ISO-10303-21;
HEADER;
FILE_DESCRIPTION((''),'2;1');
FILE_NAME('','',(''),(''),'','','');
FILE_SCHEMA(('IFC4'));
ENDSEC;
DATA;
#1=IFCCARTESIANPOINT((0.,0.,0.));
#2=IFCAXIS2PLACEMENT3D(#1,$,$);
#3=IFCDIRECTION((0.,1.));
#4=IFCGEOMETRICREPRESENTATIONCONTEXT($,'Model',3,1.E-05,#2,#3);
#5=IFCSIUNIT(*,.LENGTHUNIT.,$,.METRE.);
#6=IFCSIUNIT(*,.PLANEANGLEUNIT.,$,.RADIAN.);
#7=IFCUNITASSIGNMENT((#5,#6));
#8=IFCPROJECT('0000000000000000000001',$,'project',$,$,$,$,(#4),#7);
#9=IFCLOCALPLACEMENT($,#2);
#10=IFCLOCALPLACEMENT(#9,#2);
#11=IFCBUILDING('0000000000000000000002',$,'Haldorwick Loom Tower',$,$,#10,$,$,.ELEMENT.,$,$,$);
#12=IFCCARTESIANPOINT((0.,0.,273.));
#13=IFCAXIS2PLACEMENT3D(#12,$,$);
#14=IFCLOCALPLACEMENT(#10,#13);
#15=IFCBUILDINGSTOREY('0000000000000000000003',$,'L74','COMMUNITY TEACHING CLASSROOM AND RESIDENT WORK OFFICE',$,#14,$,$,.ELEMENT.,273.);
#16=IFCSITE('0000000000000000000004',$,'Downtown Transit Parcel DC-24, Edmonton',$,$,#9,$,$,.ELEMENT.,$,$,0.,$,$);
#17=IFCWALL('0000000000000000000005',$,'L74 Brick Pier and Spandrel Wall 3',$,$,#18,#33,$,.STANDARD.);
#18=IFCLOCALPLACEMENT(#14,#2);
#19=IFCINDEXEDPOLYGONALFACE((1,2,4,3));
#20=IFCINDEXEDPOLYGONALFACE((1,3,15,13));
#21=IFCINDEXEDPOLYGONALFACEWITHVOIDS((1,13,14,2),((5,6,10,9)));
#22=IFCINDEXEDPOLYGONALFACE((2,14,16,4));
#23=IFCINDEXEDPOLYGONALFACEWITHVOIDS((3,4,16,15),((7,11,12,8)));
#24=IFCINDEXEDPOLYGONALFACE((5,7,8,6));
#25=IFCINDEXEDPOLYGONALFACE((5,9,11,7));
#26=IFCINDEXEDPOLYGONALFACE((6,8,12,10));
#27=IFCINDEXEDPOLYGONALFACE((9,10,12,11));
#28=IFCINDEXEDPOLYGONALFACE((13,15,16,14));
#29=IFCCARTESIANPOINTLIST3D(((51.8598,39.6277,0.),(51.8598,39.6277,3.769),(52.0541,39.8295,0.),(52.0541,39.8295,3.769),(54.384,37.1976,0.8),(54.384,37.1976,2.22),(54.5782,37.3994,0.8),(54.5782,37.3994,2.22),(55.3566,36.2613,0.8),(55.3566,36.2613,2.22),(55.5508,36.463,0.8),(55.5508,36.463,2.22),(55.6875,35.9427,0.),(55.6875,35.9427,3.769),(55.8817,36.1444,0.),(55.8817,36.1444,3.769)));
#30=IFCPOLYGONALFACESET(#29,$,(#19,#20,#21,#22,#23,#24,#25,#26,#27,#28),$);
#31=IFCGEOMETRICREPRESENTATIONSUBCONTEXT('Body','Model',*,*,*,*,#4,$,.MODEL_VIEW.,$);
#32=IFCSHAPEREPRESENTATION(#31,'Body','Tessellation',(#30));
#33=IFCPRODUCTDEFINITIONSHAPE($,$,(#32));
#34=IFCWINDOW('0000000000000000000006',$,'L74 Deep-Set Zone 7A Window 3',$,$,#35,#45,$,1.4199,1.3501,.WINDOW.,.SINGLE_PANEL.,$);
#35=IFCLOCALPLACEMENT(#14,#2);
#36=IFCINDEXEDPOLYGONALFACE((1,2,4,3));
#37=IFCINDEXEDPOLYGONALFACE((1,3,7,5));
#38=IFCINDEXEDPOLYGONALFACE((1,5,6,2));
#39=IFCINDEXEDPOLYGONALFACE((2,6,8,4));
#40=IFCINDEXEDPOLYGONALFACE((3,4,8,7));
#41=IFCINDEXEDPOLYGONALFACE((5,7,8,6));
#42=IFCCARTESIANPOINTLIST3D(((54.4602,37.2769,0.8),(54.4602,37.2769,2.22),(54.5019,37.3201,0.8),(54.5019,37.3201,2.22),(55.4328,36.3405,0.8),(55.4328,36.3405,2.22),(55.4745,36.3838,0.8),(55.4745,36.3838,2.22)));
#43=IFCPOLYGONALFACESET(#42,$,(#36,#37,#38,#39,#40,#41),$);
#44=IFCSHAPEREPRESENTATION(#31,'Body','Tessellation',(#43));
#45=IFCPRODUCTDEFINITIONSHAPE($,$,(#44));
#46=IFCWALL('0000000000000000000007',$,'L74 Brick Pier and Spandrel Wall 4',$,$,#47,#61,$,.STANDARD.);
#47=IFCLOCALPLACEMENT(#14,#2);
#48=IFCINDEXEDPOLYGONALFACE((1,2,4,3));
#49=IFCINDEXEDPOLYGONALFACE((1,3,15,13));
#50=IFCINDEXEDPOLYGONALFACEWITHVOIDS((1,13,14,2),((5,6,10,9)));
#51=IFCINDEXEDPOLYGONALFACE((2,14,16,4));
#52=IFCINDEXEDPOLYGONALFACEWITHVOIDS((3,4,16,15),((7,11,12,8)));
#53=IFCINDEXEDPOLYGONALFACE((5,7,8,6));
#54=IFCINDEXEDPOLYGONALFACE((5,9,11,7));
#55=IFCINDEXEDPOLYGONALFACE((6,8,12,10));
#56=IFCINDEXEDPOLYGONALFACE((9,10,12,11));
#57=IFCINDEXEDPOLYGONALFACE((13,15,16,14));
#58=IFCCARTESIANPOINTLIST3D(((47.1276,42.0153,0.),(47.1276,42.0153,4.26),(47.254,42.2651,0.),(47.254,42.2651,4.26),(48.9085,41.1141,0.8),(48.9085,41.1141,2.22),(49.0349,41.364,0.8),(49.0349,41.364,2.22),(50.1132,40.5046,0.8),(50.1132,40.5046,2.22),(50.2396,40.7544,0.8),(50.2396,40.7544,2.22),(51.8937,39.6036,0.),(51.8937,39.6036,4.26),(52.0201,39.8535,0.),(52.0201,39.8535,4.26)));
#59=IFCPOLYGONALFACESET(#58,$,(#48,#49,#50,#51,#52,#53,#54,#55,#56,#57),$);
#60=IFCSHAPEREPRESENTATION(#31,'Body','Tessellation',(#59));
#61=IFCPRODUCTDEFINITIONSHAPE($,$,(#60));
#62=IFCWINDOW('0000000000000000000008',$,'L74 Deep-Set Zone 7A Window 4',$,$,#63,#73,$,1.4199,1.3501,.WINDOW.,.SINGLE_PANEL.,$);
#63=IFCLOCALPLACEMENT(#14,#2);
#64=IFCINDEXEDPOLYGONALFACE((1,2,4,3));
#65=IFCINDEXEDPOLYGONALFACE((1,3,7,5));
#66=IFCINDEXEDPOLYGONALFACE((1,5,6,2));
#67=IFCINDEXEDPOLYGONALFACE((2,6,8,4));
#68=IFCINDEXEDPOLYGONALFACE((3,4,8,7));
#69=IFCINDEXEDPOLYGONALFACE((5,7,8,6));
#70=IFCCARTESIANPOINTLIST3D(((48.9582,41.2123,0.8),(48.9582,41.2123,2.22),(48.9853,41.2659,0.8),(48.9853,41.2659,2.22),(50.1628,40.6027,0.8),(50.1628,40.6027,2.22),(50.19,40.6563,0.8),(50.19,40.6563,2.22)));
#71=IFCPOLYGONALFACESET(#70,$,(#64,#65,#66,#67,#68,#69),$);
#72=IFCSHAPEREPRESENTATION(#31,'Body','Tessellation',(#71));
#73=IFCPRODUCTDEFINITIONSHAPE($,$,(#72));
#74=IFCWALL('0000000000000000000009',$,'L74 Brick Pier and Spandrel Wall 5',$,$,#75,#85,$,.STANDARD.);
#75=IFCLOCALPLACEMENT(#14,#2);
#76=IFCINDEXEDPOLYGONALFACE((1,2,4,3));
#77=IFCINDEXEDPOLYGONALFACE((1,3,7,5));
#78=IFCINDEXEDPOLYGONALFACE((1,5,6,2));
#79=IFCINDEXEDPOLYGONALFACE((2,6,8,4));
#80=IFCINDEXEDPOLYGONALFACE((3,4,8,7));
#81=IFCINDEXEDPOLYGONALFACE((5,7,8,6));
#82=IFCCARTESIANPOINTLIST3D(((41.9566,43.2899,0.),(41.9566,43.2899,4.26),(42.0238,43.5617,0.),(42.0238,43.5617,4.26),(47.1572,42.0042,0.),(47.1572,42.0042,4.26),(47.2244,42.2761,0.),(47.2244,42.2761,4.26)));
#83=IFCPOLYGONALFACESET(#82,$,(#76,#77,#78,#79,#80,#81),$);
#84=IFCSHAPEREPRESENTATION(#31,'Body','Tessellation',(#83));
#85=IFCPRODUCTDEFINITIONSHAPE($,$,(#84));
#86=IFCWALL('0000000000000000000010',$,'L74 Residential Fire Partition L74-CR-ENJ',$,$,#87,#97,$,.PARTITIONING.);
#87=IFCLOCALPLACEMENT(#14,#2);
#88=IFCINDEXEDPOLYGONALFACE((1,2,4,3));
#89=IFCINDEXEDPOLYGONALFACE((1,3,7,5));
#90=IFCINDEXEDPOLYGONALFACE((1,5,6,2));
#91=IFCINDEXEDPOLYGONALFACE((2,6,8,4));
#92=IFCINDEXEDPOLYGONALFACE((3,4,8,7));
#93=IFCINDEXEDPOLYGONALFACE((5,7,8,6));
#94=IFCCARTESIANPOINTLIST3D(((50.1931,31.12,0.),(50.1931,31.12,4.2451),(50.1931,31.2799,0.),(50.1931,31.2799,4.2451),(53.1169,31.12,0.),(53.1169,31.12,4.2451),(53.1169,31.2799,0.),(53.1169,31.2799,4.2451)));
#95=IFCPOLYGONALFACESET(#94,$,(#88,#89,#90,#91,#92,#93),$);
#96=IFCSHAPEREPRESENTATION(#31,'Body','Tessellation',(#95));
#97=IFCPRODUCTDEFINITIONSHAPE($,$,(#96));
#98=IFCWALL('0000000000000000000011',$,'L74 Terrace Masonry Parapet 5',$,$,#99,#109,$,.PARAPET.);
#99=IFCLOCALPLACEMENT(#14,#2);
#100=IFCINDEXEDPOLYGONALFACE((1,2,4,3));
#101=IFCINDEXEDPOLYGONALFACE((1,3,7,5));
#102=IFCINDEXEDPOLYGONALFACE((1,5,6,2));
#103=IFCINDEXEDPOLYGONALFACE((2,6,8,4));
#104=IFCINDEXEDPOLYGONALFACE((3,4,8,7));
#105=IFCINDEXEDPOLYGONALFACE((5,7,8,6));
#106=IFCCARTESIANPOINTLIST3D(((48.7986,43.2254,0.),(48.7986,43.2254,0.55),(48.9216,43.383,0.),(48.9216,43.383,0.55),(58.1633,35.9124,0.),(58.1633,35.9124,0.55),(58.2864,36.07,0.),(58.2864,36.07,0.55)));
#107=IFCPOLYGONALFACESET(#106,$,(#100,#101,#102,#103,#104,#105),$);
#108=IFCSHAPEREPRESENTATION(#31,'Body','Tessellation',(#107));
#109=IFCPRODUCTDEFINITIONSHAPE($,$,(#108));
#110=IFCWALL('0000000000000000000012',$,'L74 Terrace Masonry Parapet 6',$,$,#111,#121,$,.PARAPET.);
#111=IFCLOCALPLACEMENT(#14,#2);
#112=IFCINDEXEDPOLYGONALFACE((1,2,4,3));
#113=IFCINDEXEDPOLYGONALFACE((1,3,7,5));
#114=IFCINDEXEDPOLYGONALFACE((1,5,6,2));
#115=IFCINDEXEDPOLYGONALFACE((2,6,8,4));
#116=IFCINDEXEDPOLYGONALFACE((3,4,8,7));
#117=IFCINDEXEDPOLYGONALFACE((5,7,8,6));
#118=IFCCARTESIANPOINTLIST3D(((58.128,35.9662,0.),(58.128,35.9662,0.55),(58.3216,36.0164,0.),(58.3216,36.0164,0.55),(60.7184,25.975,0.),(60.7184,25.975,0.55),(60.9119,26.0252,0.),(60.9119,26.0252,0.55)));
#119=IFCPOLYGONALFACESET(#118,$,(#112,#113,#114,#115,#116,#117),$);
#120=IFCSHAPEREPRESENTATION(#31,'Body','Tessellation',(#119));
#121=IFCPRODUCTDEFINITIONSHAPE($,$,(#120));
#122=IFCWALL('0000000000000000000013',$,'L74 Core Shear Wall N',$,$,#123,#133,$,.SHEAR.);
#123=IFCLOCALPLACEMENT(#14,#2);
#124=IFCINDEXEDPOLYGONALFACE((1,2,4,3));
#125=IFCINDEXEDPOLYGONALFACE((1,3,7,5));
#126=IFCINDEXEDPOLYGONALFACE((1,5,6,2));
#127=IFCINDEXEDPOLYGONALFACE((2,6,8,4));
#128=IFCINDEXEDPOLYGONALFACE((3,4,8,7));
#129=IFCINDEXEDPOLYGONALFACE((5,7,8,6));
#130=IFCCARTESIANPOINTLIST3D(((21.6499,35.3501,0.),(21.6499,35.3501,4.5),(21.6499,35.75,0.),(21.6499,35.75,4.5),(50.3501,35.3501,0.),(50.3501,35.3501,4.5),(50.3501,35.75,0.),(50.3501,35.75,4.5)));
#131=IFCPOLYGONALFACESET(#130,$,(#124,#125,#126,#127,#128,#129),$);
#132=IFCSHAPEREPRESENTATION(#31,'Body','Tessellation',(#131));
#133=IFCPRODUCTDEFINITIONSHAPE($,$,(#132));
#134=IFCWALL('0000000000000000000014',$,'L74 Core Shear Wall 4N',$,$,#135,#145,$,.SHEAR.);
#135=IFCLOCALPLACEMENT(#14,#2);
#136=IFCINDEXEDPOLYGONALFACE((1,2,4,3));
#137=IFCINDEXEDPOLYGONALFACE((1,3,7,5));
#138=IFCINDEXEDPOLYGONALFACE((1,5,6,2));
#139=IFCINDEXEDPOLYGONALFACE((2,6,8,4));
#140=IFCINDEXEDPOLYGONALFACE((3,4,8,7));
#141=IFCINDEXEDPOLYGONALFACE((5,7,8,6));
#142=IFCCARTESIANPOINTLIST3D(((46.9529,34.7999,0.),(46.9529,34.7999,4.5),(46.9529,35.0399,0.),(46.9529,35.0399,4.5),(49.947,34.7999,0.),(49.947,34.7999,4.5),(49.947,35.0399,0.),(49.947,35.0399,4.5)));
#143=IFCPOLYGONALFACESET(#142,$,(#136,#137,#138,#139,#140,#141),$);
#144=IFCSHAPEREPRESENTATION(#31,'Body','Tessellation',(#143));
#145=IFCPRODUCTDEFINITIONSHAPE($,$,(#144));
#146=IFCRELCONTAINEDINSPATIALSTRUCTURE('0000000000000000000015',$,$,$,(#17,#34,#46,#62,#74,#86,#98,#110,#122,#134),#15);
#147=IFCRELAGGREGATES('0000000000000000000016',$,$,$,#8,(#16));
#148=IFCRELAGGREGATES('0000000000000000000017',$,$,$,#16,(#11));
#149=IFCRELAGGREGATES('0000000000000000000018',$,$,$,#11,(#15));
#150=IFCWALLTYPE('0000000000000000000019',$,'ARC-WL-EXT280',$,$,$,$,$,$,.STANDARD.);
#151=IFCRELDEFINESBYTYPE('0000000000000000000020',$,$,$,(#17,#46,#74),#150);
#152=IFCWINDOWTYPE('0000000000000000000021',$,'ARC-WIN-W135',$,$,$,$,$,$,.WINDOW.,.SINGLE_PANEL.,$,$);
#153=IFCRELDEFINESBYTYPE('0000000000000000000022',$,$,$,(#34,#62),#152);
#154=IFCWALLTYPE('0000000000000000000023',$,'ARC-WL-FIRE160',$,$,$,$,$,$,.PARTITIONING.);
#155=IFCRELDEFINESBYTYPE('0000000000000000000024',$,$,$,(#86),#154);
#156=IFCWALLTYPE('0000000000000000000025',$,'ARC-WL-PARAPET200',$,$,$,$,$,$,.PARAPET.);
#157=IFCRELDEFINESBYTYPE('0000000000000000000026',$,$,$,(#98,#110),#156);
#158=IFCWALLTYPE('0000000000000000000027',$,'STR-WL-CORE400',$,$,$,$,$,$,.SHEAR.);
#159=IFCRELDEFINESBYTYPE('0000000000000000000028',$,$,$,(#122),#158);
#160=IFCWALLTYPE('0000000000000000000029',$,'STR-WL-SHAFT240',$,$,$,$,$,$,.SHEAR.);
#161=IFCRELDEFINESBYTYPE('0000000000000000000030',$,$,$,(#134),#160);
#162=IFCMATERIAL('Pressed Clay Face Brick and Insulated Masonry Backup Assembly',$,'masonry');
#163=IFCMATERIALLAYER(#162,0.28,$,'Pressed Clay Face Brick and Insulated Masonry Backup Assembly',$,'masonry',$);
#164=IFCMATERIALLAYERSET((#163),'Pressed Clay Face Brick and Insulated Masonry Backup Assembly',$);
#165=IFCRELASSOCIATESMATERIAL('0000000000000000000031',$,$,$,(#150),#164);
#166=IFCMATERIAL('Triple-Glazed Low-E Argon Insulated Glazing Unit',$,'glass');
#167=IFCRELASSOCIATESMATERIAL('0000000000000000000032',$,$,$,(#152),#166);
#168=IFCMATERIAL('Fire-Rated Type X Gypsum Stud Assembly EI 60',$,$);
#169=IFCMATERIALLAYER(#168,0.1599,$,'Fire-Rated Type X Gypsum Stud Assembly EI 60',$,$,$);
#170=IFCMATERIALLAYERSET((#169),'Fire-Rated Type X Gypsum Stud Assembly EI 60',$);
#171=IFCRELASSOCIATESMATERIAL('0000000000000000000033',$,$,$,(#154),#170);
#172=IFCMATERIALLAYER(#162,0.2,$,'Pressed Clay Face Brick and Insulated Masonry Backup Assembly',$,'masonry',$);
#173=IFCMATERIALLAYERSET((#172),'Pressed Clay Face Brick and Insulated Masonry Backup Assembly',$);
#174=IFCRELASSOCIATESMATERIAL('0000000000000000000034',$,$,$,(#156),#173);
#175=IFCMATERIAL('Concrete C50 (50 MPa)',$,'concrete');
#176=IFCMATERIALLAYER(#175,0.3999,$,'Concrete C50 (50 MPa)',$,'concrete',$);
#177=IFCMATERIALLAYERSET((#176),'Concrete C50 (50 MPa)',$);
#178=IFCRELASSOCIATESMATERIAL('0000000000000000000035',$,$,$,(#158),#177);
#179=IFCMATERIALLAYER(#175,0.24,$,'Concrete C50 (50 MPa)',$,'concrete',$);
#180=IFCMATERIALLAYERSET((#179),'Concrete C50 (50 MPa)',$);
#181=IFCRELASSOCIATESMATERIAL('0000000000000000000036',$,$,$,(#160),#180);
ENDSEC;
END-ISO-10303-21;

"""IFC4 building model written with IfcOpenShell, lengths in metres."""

from ifc_helpers import new_model, si_unit, direction, frame, frame_2d, origin, place, context, subcontext, project, spatial, rectangle, extrude, material, layer, layer_set, type_object, element, fill, save


model = new_model("IFC4")

# Units and contexts
model_context = context("Model", 3, precision=1e-05, world=origin(), true_north=direction((0.0, 1.0)))
body_context = subcontext(model_context, "Body", "Model", "MODEL_VIEW")
ifc_project = project(units=[si_unit("LENGTHUNIT", "METRE"), si_unit("PLANEANGLEUNIT", "RADIAN")], contexts=[model_context])

# Site, building, storey
site_placement = place(None, origin())
site = spatial("IfcSite", under=ifc_project, at=site_placement, Name="Downtown Transit Parcel DC-24, Edmonton", CompositionType="ELEMENT", RefElevation=0.0)
building_placement = place(site_placement, origin())
building = spatial("IfcBuilding", under=site, at=building_placement, Name="Haldorwick Loom Tower", CompositionType="ELEMENT")
storey_placement = place(building_placement, frame((0.0, 0.0, 273.0)))
storey = spatial("IfcBuildingStorey", under=building, at=storey_placement, Name="L74", Description="COMMUNITY TEACHING CLASSROOM AND RESIDENT WORK OFFICE", CompositionType="ELEMENT", Elevation=273.0)

# Shared definitions
ifc_material_1 = material(Name="Concrete C50 (50 MPa)", Category="concrete")

# Shared definitions
ifc_material_2 = material(Name="Pressed Clay Face Brick and Insulated Masonry Backup Assembly", Category="masonry")
ifc_layer_1 = layer(ifc_material_2, 0.28, Name="Pressed Clay Face Brick and Insulated Masonry Backup Assembly", Category="masonry")
ifc_layer_set_1 = layer_set([ifc_layer_1], Name="Pressed Clay Face Brick and Insulated Masonry Backup Assembly")
wall_type_1 = type_object("IfcWallType", Name="ARC-WL-EXT280", PredefinedType="STANDARD", material=ifc_layer_set_1)

# Walls, openings, windows
wall_1_placement = place(storey_placement, frame((55.7847, 36.0435, 0.0), z_axis=(0.0, 0.0, 1.0), x_axis=(-0.720397, 0.693562, 0.0)))
wall_1 = element("IfcWall", 1, at=wall_1_placement, inside=storey, type_object=wall_type_1, Name="L74 Brick Pier and Spandrel Wall 3", PredefinedType="STANDARD", context=body_context, shape_type="SweptSolid", body=[
    extrude(rectangle(XDim=5.3132, YDim=0.28, at=frame_2d((2.6567, 0.0))), origin(), (0.0, 0.0, 1.0), 3.769),
])
opening_1_placement = place(wall_1_placement, frame((0.4595, 0.0, 0.8)))
opening_1 = element("IfcOpeningElement", 2, at=opening_1_placement, cuts=wall_1, PredefinedType="OPENING", context=body_context, shape_type="SweptSolid", body=[
    extrude(rectangle(XDim=1.3501, YDim=1.4199, at=frame_2d((0.675, 0.71))), frame((0.0, 0.1499, 0.0), z_axis=(0.0, -1.0, 0.0), x_axis=(1.0, 0.0, 0.0)), (0.0, 0.0, 1.0), 0.3),
])
ifc_material_3 = material(Name="Triple-Glazed Low-E Argon Insulated Glazing Unit", Category="glass")
window_type = type_object("IfcWindowType", Name="ARC-WIN-W135", PartitioningType="SINGLE_PANEL", PredefinedType="WINDOW", material=ifc_material_3)
window_1_placement = place(opening_1_placement, origin())
window_1 = element("IfcWindow", 3, at=window_1_placement, inside=storey, type_object=window_type, Name="L74 Deep-Set Zone 7A Window 3", OverallHeight=1.4199, OverallWidth=1.3501, PartitioningType="SINGLE_PANEL", PredefinedType="WINDOW", context=body_context, shape_type="SweptSolid", body=[
    extrude(rectangle(XDim=1.3501, YDim=1.4199, at=frame_2d((0.675, 0.71))), frame((0.0, 0.03, 0.0), z_axis=(0.0, -1.0, 0.0), x_axis=(1.0, 0.0, 0.0)), (0.0, 0.0, 1.0), 0.0601),
])
fill(opening_1, window_1)
wall_2_placement = place(storey_placement, frame((51.957, 39.7285, 0.0), z_axis=(0.0, 0.0, 1.0), x_axis=(-0.892278, 0.451487, 0.0)))
wall_2 = element("IfcWall", 4, at=wall_2_placement, inside=storey, type_object=wall_type_1, Name="L74 Brick Pier and Spandrel Wall 4", PredefinedType="STANDARD", context=body_context, shape_type="SweptSolid", body=[
    extrude(rectangle(XDim=5.3416, YDim=0.28, at=frame_2d((2.6709, 0.0))), origin(), (0.0, 0.0, 1.0), 4.26),
])
opening_2_placement = place(wall_2_placement, frame((1.9956, 0.0, 0.8)))
opening_2 = element("IfcOpeningElement", 5, at=opening_2_placement, cuts=wall_2, PredefinedType="OPENING", context=body_context, shape_type="SweptSolid", body=[
    extrude(rectangle(XDim=1.3501, YDim=1.4199, at=frame_2d((0.675, 0.71))), frame((0.0, 0.1499, 0.0), z_axis=(0.0, -1.0, 0.0), x_axis=(1.0, 0.0, 0.0)), (0.0, 0.0, 1.0), 0.3),
])
window_2_placement = place(opening_2_placement, origin())
window_2 = element("IfcWindow", 6, at=window_2_placement, inside=storey, type_object=window_type, Name="L74 Deep-Set Zone 7A Window 4", OverallHeight=1.4199, OverallWidth=1.3501, PartitioningType="SINGLE_PANEL", PredefinedType="WINDOW", context=body_context, shape_type="SweptSolid", body=[
    extrude(rectangle(XDim=1.3501, YDim=1.4199, at=frame_2d((0.675, 0.71))), frame((0.0, 0.03, 0.0), z_axis=(0.0, -1.0, 0.0), x_axis=(1.0, 0.0, 0.0)), (0.0, 0.0, 1.0), 0.0601),
])
fill(opening_2, window_2)

# Walls
wall_3_placement = place(storey_placement, frame((47.1909, 42.1401, 0.0), z_axis=(0.0, 0.0, 1.0), x_axis=(-0.970777, 0.239983, 0.0)))
element("IfcWall", 7, at=wall_3_placement, inside=storey, type_object=wall_type_1, Name="L74 Brick Pier and Spandrel Wall 5", PredefinedType="STANDARD", context=body_context, shape_type="SweptSolid", body=[
    extrude(rectangle(XDim=5.3572, YDim=0.28, at=frame_2d((2.6787, 0.0))), origin(), (0.0, 0.0, 1.0), 4.26),
])
ifc_material_4 = material(Name="Fire-Rated Type X Gypsum Stud Assembly EI 60")
ifc_layer_2 = layer(ifc_material_4, 0.1599, Name="Fire-Rated Type X Gypsum Stud Assembly EI 60")
ifc_layer_set_2 = layer_set([ifc_layer_2], Name="Fire-Rated Type X Gypsum Stud Assembly EI 60")
wall_type_2 = type_object("IfcWallType", Name="ARC-WL-FIRE160", PredefinedType="PARTITIONING", material=ifc_layer_set_2)
wall_4_placement = place(storey_placement, frame((50.1931, 31.2, 0.0), z_axis=(0.0, 0.0, 1.0), x_axis=(1.0, 0.0, 0.0)))
element("IfcWall", 8, at=wall_4_placement, inside=storey, type_object=wall_type_2, Name="L74 Residential Fire Partition L74-CR-ENJ", PredefinedType="PARTITIONING", context=body_context, shape_type="SweptSolid", body=[
    extrude(rectangle(XDim=2.9238, YDim=0.1599, at=frame_2d((1.4619, 0.0))), origin(), (0.0, 0.0, 1.0), 4.2451),
])
ifc_layer_3 = layer(ifc_material_2, 0.2, Name="Pressed Clay Face Brick and Insulated Masonry Backup Assembly", Category="masonry")
ifc_layer_set_3 = layer_set([ifc_layer_3], Name="Pressed Clay Face Brick and Insulated Masonry Backup Assembly")
wall_type_3 = type_object("IfcWallType", Name="ARC-WL-PARAPET200", PredefinedType="PARAPET", material=ifc_layer_set_3)
wall_5_placement = place(storey_placement, frame((48.8601, 43.3042, 0.0), z_axis=(0.0, 0.0, 1.0), x_axis=(0.788156, -0.615476, 0.0)))
element("IfcWall", 9, at=wall_5_placement, inside=storey, type_object=wall_type_3, Name="L74 Terrace Masonry Parapet 5", PredefinedType="PARAPET", context=body_context, shape_type="SweptSolid", body=[
    extrude(rectangle(XDim=11.8818, YDim=0.2, at=frame_2d((5.9409, 0.0))), origin(), (0.0, 0.0, 1.0), 0.55),
])
wall_6_placement = place(storey_placement, frame((58.2249, 35.9912, 0.0), z_axis=(0.0, 0.0, 1.0), x_axis=(0.250964, -0.967996, 0.0)))
element("IfcWall", 10, at=wall_6_placement, inside=storey, type_object=wall_type_3, Name="L74 Terrace Masonry Parapet 6", PredefinedType="PARAPET", context=body_context, shape_type="SweptSolid", body=[
    extrude(rectangle(XDim=10.3215, YDim=0.2, at=frame_2d((5.1606, 0.0))), origin(), (0.0, 0.0, 1.0), 0.55),
])
ifc_layer_4 = layer(ifc_material_1, 0.3999, Name="Concrete C50 (50 MPa)", Category="concrete")
ifc_layer_set_4 = layer_set([ifc_layer_4], Name="Concrete C50 (50 MPa)")
wall_type_4 = type_object("IfcWallType", Name="STR-WL-CORE400", PredefinedType="SHEAR", material=ifc_layer_set_4)
wall_7_placement = place(storey_placement, frame((50.3501, 35.55, 0.0), z_axis=(0.0, 0.0, 1.0), x_axis=(-1.0, 0.0, 0.0)))
element("IfcWall", 11, at=wall_7_placement, inside=storey, type_object=wall_type_4, Name="L74 Core Shear Wall N", PredefinedType="SHEAR", context=body_context, shape_type="SweptSolid", body=[
    extrude(rectangle(XDim=28.7002, YDim=0.3999, at=frame_2d((14.3501, 0.0))), origin(), (0.0, 0.0, 1.0), 4.5),
])
ifc_layer_5 = layer(ifc_material_1, 0.24, Name="Concrete C50 (50 MPa)", Category="concrete")
ifc_layer_set_5 = layer_set([ifc_layer_5], Name="Concrete C50 (50 MPa)")
wall_type_5 = type_object("IfcWallType", Name="STR-WL-SHAFT240", PredefinedType="SHEAR", material=ifc_layer_set_5)
wall_8_placement = place(storey_placement, frame((46.9529, 34.9199, 0.0), z_axis=(0.0, 0.0, 1.0), x_axis=(1.0, 0.0, 0.0)))
element("IfcWall", 12, at=wall_8_placement, inside=storey, type_object=wall_type_5, Name="L74 Core Shear Wall 4N", PredefinedType="SHEAR", context=body_context, shape_type="SweptSolid", body=[
    extrude(rectangle(XDim=2.9941, YDim=0.24, at=frame_2d((1.4971, 0.0))), origin(), (0.0, 0.0, 1.0), 4.5),
])

save(model, "model.ifc")
